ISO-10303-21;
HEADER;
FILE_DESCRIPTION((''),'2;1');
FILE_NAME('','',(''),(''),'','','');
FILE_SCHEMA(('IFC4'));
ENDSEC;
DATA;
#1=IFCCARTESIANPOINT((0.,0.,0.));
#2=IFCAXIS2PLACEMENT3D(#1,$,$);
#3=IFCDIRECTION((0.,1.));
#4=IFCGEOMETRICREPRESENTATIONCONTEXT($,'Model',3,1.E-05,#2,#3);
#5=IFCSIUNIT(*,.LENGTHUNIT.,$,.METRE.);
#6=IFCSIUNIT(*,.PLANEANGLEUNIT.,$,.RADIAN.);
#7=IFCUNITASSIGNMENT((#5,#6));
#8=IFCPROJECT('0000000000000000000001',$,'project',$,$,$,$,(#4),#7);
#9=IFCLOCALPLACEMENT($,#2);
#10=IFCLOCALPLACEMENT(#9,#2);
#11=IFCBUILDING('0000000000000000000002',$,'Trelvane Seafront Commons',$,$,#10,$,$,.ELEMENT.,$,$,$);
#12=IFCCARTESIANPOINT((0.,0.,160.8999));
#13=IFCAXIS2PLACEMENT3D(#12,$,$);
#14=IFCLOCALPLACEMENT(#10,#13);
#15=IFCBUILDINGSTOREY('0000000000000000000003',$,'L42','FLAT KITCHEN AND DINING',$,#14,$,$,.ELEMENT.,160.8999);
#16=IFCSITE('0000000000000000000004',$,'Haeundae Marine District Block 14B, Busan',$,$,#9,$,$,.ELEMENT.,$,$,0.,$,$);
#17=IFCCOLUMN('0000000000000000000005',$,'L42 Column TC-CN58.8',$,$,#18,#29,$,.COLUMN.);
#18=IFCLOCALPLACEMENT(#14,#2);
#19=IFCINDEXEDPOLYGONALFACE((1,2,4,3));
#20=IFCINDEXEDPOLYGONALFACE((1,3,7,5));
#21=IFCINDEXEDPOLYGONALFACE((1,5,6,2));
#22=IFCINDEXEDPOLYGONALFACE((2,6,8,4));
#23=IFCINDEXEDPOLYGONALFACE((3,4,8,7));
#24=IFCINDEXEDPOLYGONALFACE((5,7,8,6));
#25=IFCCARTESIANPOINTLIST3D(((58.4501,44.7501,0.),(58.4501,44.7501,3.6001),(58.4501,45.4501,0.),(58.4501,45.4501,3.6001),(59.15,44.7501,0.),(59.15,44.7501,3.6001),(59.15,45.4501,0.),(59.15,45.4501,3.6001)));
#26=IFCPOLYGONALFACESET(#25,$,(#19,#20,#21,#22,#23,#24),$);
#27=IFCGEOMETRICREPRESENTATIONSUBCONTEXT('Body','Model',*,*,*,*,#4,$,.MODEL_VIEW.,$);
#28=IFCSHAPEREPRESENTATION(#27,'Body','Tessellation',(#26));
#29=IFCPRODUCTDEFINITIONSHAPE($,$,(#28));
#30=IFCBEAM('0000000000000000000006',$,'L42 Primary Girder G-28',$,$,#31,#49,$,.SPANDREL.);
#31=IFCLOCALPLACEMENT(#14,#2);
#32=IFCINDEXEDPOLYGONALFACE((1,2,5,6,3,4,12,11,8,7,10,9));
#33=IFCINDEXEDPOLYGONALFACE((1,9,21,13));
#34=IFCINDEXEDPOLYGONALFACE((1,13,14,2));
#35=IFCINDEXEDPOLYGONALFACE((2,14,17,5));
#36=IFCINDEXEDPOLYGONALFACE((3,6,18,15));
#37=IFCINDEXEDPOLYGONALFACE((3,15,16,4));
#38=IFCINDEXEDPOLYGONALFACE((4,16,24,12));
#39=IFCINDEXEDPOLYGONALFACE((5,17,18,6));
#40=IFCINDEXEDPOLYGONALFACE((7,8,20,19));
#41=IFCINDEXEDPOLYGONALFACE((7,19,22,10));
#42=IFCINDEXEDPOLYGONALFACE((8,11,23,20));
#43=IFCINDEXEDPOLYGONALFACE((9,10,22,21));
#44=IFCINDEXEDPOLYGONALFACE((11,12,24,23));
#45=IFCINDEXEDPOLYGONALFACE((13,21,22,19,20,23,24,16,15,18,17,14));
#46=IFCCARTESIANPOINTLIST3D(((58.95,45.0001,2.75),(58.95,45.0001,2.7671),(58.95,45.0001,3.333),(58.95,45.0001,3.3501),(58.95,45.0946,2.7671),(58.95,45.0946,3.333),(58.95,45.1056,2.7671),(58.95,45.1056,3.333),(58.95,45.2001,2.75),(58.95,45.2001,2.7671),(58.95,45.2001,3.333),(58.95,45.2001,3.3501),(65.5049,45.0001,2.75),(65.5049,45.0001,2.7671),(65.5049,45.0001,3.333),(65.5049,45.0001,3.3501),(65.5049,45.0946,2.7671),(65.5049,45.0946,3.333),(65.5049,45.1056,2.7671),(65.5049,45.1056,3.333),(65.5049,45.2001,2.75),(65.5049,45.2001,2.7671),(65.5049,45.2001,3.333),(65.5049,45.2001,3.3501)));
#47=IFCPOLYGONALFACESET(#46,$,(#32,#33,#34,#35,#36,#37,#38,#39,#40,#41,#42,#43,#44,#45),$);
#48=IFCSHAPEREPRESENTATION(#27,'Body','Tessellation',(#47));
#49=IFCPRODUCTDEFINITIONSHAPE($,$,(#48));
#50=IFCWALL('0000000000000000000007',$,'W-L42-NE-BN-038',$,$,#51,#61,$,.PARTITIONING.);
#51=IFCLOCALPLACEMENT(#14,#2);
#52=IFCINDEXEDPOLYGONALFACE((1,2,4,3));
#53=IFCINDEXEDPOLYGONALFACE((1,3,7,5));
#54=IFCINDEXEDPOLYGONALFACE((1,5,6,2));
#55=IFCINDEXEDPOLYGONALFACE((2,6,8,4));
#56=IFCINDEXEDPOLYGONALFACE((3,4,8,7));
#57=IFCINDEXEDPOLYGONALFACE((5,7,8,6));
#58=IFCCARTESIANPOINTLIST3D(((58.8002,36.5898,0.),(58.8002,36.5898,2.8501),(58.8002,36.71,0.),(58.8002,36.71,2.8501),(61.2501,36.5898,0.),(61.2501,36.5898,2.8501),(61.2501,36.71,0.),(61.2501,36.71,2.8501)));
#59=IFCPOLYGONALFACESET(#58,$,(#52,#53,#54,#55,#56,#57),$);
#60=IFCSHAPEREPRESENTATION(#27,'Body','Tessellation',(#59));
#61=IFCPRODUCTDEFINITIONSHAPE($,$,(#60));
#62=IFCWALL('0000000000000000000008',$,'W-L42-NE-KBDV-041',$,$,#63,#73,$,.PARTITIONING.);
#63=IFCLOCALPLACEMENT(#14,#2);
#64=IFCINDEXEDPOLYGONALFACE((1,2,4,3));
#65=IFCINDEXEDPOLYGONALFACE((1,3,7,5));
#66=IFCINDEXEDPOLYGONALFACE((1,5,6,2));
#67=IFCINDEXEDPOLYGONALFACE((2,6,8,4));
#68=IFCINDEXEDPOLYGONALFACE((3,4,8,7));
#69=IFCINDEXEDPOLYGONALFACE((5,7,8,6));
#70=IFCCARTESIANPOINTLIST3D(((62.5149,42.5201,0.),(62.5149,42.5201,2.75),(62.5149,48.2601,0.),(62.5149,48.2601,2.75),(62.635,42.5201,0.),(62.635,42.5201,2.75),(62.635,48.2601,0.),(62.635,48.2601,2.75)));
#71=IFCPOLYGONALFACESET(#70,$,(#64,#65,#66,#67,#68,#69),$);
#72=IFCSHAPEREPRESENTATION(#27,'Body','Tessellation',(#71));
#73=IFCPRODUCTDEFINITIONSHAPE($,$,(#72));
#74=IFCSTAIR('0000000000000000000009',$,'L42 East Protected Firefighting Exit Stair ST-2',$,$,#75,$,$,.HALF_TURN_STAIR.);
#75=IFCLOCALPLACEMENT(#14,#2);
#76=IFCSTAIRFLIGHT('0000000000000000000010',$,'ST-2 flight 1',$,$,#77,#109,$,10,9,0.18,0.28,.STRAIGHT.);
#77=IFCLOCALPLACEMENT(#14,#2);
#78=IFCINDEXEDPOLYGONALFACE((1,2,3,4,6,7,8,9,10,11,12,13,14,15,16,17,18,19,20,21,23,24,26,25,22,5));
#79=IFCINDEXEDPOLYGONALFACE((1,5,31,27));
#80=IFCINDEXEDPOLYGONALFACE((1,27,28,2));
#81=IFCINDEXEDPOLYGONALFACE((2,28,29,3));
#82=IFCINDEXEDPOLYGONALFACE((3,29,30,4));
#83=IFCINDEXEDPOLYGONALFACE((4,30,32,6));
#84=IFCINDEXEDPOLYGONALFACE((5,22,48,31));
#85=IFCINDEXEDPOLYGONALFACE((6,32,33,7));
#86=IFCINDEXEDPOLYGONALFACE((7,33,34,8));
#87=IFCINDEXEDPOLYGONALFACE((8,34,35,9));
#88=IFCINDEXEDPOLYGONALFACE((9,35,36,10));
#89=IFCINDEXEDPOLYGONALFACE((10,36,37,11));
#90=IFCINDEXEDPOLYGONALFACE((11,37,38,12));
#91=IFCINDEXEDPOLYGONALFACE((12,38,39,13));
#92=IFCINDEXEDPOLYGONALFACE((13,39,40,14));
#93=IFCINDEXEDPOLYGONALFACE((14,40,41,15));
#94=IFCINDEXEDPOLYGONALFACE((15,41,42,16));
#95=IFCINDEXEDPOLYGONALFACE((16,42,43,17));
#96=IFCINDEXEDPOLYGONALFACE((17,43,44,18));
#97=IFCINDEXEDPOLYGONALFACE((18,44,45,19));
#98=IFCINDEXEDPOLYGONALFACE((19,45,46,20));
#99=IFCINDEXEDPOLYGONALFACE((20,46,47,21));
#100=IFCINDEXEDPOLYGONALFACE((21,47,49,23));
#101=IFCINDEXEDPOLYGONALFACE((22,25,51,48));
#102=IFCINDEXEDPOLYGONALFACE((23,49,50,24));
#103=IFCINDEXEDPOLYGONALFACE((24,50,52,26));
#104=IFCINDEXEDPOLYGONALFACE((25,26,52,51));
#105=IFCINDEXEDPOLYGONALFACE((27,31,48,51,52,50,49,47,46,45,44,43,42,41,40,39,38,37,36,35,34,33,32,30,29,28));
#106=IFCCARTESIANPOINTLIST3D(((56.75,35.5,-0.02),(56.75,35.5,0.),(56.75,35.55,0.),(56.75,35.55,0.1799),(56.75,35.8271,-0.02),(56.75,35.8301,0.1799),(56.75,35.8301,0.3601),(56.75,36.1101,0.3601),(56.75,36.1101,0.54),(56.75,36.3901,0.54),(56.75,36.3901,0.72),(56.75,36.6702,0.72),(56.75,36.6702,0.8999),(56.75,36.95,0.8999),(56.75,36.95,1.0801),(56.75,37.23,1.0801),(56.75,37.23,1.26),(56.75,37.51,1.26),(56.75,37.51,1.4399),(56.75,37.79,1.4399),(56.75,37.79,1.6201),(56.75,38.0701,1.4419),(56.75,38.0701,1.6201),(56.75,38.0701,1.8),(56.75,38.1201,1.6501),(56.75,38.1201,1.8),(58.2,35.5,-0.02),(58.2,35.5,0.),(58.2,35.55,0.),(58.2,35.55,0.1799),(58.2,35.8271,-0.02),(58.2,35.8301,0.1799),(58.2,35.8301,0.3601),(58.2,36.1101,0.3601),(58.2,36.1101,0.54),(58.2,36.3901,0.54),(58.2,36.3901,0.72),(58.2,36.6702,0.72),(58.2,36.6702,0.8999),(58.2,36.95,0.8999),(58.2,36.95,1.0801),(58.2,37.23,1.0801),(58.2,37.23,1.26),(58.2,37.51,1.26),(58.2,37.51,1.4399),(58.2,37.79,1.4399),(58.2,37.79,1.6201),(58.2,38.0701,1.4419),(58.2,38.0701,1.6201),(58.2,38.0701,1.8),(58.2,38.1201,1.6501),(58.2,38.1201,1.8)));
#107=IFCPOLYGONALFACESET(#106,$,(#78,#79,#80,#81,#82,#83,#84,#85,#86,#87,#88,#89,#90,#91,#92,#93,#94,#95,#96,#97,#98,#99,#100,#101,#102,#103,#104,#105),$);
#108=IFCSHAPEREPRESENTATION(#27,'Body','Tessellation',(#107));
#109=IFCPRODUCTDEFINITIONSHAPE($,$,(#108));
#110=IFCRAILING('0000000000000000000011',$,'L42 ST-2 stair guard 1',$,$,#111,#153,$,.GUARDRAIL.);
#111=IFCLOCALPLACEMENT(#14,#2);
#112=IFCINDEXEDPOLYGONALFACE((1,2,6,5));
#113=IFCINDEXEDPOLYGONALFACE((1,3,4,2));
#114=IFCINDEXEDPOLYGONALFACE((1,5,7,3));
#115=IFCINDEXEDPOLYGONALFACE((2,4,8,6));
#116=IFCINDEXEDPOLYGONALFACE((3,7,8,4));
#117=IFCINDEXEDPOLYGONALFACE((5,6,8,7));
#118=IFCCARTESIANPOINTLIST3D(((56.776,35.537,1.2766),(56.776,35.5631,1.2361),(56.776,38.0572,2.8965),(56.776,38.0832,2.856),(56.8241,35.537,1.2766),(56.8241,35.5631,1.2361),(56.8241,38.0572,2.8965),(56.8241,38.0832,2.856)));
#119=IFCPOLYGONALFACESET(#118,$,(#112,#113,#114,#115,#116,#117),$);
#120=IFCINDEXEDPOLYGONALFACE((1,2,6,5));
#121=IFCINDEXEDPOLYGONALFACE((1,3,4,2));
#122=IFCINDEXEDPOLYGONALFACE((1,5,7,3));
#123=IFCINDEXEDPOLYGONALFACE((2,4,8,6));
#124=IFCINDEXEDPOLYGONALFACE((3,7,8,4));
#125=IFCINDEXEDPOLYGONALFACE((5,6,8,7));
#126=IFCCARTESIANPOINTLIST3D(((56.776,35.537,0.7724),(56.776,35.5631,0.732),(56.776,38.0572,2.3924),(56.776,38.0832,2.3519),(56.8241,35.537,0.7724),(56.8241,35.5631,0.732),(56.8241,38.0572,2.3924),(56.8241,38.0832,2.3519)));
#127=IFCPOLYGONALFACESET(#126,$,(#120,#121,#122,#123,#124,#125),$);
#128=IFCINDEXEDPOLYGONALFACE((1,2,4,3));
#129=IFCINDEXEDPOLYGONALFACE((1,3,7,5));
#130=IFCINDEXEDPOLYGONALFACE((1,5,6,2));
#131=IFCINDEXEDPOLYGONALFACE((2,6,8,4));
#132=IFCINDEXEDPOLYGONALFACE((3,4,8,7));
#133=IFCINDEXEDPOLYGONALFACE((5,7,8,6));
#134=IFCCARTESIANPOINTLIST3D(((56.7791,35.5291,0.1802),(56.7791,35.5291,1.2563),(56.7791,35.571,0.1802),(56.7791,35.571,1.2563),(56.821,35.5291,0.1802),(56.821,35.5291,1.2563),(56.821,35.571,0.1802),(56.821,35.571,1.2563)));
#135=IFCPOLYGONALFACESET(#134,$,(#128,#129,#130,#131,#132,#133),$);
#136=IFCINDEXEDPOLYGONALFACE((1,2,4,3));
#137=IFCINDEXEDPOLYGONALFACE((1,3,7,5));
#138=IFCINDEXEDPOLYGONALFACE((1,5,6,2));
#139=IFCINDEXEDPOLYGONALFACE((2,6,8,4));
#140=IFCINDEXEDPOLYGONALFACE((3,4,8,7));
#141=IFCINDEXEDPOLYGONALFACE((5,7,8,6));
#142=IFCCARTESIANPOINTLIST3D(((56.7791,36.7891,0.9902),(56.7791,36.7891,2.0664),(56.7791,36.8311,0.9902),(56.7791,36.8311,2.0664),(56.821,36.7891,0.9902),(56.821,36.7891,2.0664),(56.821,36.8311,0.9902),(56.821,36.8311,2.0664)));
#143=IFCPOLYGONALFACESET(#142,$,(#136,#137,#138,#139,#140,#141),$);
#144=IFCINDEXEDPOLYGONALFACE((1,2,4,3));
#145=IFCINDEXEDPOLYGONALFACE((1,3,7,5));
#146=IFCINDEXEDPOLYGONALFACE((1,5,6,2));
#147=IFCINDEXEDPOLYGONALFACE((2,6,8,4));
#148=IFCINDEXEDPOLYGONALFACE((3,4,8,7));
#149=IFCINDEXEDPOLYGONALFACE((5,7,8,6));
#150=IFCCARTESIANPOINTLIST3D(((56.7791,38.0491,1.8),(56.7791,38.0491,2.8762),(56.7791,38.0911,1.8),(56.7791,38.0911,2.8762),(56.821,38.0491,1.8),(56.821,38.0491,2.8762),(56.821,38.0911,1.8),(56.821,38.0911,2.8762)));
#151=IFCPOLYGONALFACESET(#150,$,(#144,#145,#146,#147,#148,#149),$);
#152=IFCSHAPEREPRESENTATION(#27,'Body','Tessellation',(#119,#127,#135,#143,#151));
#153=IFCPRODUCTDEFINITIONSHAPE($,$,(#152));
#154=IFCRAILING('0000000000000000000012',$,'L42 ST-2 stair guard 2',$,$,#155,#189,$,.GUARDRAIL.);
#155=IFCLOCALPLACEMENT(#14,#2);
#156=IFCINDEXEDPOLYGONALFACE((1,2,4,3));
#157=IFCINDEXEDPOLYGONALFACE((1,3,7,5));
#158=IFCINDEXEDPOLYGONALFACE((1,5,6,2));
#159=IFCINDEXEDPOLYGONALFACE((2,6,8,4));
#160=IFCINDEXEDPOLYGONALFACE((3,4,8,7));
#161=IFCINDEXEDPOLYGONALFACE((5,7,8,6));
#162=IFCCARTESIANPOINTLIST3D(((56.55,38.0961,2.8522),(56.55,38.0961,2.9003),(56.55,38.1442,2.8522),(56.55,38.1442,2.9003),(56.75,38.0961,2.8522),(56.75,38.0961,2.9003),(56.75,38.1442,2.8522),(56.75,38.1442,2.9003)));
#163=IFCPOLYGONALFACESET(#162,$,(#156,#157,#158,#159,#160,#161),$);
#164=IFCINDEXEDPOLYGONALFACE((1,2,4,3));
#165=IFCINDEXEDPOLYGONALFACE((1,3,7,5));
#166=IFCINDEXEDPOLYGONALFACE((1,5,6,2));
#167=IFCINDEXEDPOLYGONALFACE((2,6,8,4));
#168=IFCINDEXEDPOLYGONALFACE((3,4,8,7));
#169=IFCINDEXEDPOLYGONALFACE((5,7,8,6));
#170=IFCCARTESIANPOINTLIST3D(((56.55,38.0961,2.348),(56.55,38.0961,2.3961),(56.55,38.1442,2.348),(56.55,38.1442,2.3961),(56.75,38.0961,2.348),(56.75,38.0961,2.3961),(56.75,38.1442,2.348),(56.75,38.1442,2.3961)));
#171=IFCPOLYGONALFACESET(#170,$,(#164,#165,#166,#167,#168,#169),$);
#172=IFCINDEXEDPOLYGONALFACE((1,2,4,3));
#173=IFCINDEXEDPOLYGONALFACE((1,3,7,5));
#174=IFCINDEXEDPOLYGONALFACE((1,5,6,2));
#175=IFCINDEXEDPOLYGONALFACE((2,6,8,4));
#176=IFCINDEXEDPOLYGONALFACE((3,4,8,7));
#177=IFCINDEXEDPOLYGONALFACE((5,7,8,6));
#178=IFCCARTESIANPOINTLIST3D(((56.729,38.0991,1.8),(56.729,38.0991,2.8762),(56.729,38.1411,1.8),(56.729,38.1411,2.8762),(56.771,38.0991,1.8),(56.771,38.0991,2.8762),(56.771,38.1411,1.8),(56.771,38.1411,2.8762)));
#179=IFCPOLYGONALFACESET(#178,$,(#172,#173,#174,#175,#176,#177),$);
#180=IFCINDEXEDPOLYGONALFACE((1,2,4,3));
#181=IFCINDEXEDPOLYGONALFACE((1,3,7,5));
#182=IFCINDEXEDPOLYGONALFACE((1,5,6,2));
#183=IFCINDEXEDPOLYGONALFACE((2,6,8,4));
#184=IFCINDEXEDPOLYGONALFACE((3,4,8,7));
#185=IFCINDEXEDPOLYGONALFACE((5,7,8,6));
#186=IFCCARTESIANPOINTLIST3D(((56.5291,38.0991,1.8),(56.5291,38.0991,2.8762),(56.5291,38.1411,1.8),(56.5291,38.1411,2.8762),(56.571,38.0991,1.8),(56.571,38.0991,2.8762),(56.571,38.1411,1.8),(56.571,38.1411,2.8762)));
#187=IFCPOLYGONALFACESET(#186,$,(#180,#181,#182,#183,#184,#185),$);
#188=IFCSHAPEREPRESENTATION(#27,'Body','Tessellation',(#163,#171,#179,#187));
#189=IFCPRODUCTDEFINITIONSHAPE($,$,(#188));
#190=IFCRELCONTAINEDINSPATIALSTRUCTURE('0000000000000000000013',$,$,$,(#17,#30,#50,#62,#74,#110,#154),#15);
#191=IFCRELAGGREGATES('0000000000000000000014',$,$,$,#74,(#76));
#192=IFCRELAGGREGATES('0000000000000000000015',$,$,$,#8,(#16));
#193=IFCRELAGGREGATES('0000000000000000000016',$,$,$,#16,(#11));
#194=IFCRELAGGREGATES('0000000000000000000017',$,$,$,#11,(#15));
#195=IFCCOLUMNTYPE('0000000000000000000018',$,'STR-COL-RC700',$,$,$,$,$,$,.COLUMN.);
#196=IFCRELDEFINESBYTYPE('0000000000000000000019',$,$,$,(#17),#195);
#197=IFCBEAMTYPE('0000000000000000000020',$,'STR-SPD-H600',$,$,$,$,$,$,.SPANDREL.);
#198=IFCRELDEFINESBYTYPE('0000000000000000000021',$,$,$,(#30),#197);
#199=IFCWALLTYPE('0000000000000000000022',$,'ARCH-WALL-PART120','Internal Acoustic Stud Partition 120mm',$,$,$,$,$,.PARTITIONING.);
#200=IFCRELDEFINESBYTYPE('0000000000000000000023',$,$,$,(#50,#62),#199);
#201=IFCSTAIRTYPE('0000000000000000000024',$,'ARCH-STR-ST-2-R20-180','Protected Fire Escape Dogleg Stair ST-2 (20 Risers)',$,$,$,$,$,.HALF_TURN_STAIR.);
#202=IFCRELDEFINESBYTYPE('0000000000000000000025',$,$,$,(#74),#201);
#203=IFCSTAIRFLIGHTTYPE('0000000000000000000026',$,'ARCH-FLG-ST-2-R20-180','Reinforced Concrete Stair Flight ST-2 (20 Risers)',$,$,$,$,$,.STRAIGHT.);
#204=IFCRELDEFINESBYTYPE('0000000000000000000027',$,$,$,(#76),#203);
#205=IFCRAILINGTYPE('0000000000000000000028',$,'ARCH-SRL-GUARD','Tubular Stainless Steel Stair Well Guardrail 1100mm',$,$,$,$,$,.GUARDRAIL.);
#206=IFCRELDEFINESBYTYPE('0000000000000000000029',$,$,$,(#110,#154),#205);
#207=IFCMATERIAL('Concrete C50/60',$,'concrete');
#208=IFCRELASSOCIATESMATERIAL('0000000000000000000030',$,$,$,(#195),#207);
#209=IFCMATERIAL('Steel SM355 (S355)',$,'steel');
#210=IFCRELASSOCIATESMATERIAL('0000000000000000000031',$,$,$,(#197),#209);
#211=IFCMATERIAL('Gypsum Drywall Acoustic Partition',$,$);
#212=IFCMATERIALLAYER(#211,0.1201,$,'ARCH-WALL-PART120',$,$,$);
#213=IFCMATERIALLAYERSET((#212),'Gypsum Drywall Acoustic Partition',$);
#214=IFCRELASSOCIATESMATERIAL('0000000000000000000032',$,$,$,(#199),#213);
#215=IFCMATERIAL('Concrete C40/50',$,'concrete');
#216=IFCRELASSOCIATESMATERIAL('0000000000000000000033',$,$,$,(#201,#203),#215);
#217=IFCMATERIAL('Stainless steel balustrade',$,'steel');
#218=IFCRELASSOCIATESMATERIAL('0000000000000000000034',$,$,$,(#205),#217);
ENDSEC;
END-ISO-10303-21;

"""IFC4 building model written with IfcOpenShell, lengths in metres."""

from ifc_helpers import new_model, si_unit, direction, frame, frame_2d, origin, origin_2d, place, context, subcontext, project, spatial, polyline, rectangle, i_section, outline, extrude, source, transform, mapped, material, layer, layer_set, material_profile, profile_set, type_object, element, aggregate, save


model = new_model("IFC4")

# Units and contexts
model_context = context("Model", 3, precision=1e-05, world=origin(), true_north=direction((0.0, 1.0)))
body_context = subcontext(model_context, "Body", "Model", "MODEL_VIEW")
ifc_project = project(units=[si_unit("LENGTHUNIT", "METRE"), si_unit("PLANEANGLEUNIT", "RADIAN")], contexts=[model_context])

# Site, building, storey
site_placement = place(None, origin())
site = spatial("IfcSite", under=ifc_project, at=site_placement, Name="Haeundae Marine District Block 14B, Busan", CompositionType="ELEMENT", RefElevation=0.0)
building_placement = place(site_placement, origin())
building = spatial("IfcBuilding", under=site, at=building_placement, Name="Trelvane Seafront Commons", CompositionType="ELEMENT")
storey_placement = place(building_placement, frame((0.0, 0.0, 160.8999)))
storey = spatial("IfcBuildingStorey", under=building, at=storey_placement, Name="L42", Description="FLAT KITCHEN AND DINING", CompositionType="ELEMENT", Elevation=160.8999)

# Column
ifc_material_1 = material(Name="Concrete C50/60", Category="concrete")
ifc_material_profile_1 = material_profile(ifc_material_1, rectangle(XDim=0.7, YDim=0.7, at=origin_2d()), Name="RC-700x700")
ifc_profile_set_1 = profile_set([ifc_material_profile_1], Name="Concrete C50/60")
column_type = type_object("IfcColumnType", Name="STR-COL-RC700", PredefinedType="COLUMN", material=ifc_profile_set_1)
shared_shape_1 = source(origin(), body_context, "Body", "SweptSolid", [
    extrude(rectangle(XDim=0.7, YDim=0.7, at=origin_2d()), origin(), (0.0, 0.0, 1.0), 3.6001),
])
column_placement = place(storey_placement, frame((58.8, 45.1001, 0.0), z_axis=(0.0, 0.0, 1.0), x_axis=(1.0, 0.0, 0.0)))
element("IfcColumn", 1, at=column_placement, inside=storey, type_object=column_type, Name="L42 Column TC-CN58.8", PredefinedType="COLUMN", context=body_context, shape_type="MappedRepresentation", body=[
    mapped(shared_shape_1, transform((0.0, 0.0, 0.0), x_axis=(1.0, 0.0, 0.0), y_axis=(0.0, 1.0, 0.0), z_axis=(0.0, 0.0, 1.0), scale=1.0)),
])

# Beam
ifc_material_2 = material(Name="Steel SM355 (S355)", Category="steel")
ifc_material_profile_2 = material_profile(ifc_material_2, i_section(OverallWidth=0.2, OverallDepth=0.6001, WebThickness=0.011, FlangeThickness=0.0171, at=origin_2d()), Name="H-600x200x11x17")
ifc_profile_set_2 = profile_set([ifc_material_profile_2], Name="Steel SM355 (S355)")
beam_type = type_object("IfcBeamType", Name="STR-SPD-H600", PredefinedType="SPANDREL", material=ifc_profile_set_2)
shared_shape_2 = source(origin(), body_context, "Body", "SweptSolid", [
    extrude(i_section(OverallWidth=0.2, OverallDepth=0.6001, WebThickness=0.011, FlangeThickness=0.0171, at=origin_2d()), origin(), (0.0, 0.0, 1.0), 6.5549),
])
beam_placement = place(storey_placement, frame((58.95, 45.1001, 3.05), z_axis=(1.0, 0.0, 0.0), x_axis=(0.0, 1.0, 0.0)))
element("IfcBeam", 2, at=beam_placement, inside=storey, type_object=beam_type, Name="L42 Primary Girder G-28", PredefinedType="SPANDREL", context=body_context, shape_type="MappedRepresentation", body=[
    mapped(shared_shape_2, transform((0.0, 0.0, 0.0), x_axis=(1.0, 0.0, 0.0), y_axis=(0.0, 1.0, 0.0), z_axis=(0.0, 0.0, 1.0), scale=1.0)),
])

# Wall
ifc_material_3 = material(Name="Gypsum Drywall Acoustic Partition")
ifc_layer_1 = layer(ifc_material_3, 0.1201, Name="ARCH-WALL-PART120")
ifc_layer_set_1 = layer_set([ifc_layer_1], Name="Gypsum Drywall Acoustic Partition")
wall_type_1 = type_object("IfcWallType", Name="ARCH-WALL-PART120", Description="Internal Acoustic Stud Partition 120mm", PredefinedType="PARTITIONING", material=ifc_layer_set_1)
wall_1_placement = place(storey_placement, frame((58.8, 36.6499, 0.0), z_axis=(0.0, 0.0, 1.0), x_axis=(1.0, 0.0, 0.0)))
element("IfcWall", 3, at=wall_1_placement, inside=storey, type_object=wall_type_1, Name="W-L42-NE-BN-038", PredefinedType="PARTITIONING", context=body_context, shape_type="SweptSolid", body=[
    extrude(rectangle(XDim=2.45, YDim=0.1201, at=frame_2d((1.2251, 0.0))), origin(), (0.0, 0.0, 1.0), 2.8501),
])

# Wall
wall_2_placement = place(storey_placement, frame((62.575, 42.52, 0.0), z_axis=(0.0, 0.0, 1.0), x_axis=(0.0, 1.0, 0.0)))
element("IfcWall", 4, at=wall_2_placement, inside=storey, type_object=wall_type_1, Name="W-L42-NE-KBDV-041", PredefinedType="PARTITIONING", context=body_context, shape_type="SweptSolid", body=[
    extrude(rectangle(XDim=5.74, YDim=0.1201, at=frame_2d((2.8701, 0.0))), origin(), (0.0, 0.0, 1.0), 2.75),
])

# Stair, stair flight
ifc_material_4 = material(Name="Concrete C40/50", Category="concrete")
stair_type = type_object("IfcStairType", Name="ARCH-STR-ST-2-R20-180", Description="Protected Fire Escape Dogleg Stair ST-2 (20 Risers)", PredefinedType="HALF_TURN_STAIR", material=ifc_material_4)
stair_placement = place(storey_placement, origin())
stair = element("IfcStair", 5, at=stair_placement, inside=storey, type_object=stair_type, Name="L42 East Protected Firefighting Exit Stair ST-2", PredefinedType="HALF_TURN_STAIR")
stair_flight_type = type_object("IfcStairFlightType", Name="ARCH-FLG-ST-2-R20-180", Description="Reinforced Concrete Stair Flight ST-2 (20 Risers)", PredefinedType="STRAIGHT", material=ifc_material_4)
shared_shape_3 = source(origin(), body_context, "Body", "SweptSolid", [
    extrude(outline(polyline([(-0.05, -0.02), (-0.05, 0.0), (0.0, 0.0), (0.0, 0.1799), (0.28, 0.1799), (0.28, 0.3601), (0.5601, 0.3601), (0.5601, 0.54), (0.8401, 0.54), (0.8401, 0.72), (1.1201, 0.72), (1.1201, 0.8999), (1.3999, 0.8999), (1.3999, 1.0801), (1.6799, 1.0801), (1.6799, 1.26), (1.96, 1.26), (1.96, 1.4399), (2.24, 1.4399), (2.24, 1.6201), (2.52, 1.6201), (2.52, 1.8), (2.5701, 1.8), (2.5701, 1.6501), (2.52, 1.4419), (0.2771, -0.02), (-0.05, -0.02)])), frame((0.0, 0.7251, 0.0), z_axis=(0.0, -1.0, 0.0), x_axis=(1.0, 0.0, 0.0)), (0.0, 0.0, 1.0), 1.45),
])
stair_flight_placement = place(storey_placement, frame((57.4751, 35.55, 0.0), z_axis=(0.0, 0.0, 1.0), x_axis=(0.0, 1.0, 0.0)))
stair_flight = element("IfcStairFlight", 6, at=stair_flight_placement, type_object=stair_flight_type, Name="ST-2 flight 1", NumberOfRisers=10, NumberOfTreads=9, PredefinedType="STRAIGHT", RiserHeight=0.18, TreadLength=0.28, context=body_context, shape_type="MappedRepresentation", body=[
    mapped(shared_shape_3, transform((0.0, 0.0, 0.0), x_axis=(1.0, 0.0, 0.0), y_axis=(0.0, 1.0, 0.0), z_axis=(0.0, 0.0, 1.0), scale=1.0)),
])
aggregate(stair, [stair_flight])

# Railings
ifc_material_5 = material(Name="Stainless steel balustrade", Category="steel")
railing_type_1 = type_object("IfcRailingType", Name="ARCH-SRL-GUARD", Description="Tubular Stainless Steel Stair Well Guardrail 1100mm", PredefinedType="GUARDRAIL", material=ifc_material_5)
railing_1_placement = place(storey_placement, frame((56.8, 35.55, 0.1802)))
element("IfcRailing", 7, at=railing_1_placement, inside=storey, type_object=railing_type_1, Name="L42 ST-2 stair guard 1", PredefinedType="GUARDRAIL", context=body_context, shape_type="SweptSolid", body=[
    extrude(rectangle(XDim=0.0481, YDim=0.0481, at=origin_2d()), frame((0.0, 0.0, 1.0762), z_axis=(0.0, 0.8412, 0.540725), x_axis=(-1.0, 0.0, 0.0)), (0.0, 0.0, 1.0), 2.9958),
    extrude(rectangle(XDim=0.0481, YDim=0.0481, at=origin_2d()), frame((0.0, 0.0, 0.572), z_axis=(0.0, 0.8412, 0.540725), x_axis=(-1.0, 0.0, 0.0)), (0.0, 0.0, 1.0), 2.9958),
    extrude(rectangle(XDim=0.042, YDim=0.042, at=origin_2d()), origin(), (0.0, 0.0, 1.0), 1.0762),
    extrude(rectangle(XDim=0.042, YDim=0.042, at=origin_2d()), frame((0.0, 1.26, 0.8101)), (0.0, 0.0, 1.0), 1.0762),
    extrude(rectangle(XDim=0.042, YDim=0.042, at=origin_2d()), frame((0.0, 2.52, 1.6199)), (0.0, 0.0, 1.0), 1.0762),
])
railing_2_placement = place(storey_placement, frame((56.75, 38.1201, 1.8)))
element("IfcRailing", 8, at=railing_2_placement, inside=storey, type_object=railing_type_1, Name="L42 ST-2 stair guard 2", PredefinedType="GUARDRAIL", context=body_context, shape_type="SweptSolid", body=[
    extrude(rectangle(XDim=0.0481, YDim=0.0481, at=origin_2d()), frame((0.0, 0.0, 1.0762), z_axis=(-1.0, 0.0, 0.0), x_axis=(0.0, -1.0, 0.0)), (0.0, 0.0, 1.0), 0.2),
    extrude(rectangle(XDim=0.0481, YDim=0.0481, at=origin_2d()), frame((0.0, 0.0, 0.572), z_axis=(-1.0, 0.0, 0.0), x_axis=(0.0, -1.0, 0.0)), (0.0, 0.0, 1.0), 0.2),
    extrude(rectangle(XDim=0.042, YDim=0.042, at=origin_2d()), origin(), (0.0, 0.0, 1.0), 1.0762),
    extrude(rectangle(XDim=0.042, YDim=0.042, at=origin_2d()), frame((-0.2, 0.0, 0.0)), (0.0, 0.0, 1.0), 1.0762),
])

save(model, "model.ifc")
